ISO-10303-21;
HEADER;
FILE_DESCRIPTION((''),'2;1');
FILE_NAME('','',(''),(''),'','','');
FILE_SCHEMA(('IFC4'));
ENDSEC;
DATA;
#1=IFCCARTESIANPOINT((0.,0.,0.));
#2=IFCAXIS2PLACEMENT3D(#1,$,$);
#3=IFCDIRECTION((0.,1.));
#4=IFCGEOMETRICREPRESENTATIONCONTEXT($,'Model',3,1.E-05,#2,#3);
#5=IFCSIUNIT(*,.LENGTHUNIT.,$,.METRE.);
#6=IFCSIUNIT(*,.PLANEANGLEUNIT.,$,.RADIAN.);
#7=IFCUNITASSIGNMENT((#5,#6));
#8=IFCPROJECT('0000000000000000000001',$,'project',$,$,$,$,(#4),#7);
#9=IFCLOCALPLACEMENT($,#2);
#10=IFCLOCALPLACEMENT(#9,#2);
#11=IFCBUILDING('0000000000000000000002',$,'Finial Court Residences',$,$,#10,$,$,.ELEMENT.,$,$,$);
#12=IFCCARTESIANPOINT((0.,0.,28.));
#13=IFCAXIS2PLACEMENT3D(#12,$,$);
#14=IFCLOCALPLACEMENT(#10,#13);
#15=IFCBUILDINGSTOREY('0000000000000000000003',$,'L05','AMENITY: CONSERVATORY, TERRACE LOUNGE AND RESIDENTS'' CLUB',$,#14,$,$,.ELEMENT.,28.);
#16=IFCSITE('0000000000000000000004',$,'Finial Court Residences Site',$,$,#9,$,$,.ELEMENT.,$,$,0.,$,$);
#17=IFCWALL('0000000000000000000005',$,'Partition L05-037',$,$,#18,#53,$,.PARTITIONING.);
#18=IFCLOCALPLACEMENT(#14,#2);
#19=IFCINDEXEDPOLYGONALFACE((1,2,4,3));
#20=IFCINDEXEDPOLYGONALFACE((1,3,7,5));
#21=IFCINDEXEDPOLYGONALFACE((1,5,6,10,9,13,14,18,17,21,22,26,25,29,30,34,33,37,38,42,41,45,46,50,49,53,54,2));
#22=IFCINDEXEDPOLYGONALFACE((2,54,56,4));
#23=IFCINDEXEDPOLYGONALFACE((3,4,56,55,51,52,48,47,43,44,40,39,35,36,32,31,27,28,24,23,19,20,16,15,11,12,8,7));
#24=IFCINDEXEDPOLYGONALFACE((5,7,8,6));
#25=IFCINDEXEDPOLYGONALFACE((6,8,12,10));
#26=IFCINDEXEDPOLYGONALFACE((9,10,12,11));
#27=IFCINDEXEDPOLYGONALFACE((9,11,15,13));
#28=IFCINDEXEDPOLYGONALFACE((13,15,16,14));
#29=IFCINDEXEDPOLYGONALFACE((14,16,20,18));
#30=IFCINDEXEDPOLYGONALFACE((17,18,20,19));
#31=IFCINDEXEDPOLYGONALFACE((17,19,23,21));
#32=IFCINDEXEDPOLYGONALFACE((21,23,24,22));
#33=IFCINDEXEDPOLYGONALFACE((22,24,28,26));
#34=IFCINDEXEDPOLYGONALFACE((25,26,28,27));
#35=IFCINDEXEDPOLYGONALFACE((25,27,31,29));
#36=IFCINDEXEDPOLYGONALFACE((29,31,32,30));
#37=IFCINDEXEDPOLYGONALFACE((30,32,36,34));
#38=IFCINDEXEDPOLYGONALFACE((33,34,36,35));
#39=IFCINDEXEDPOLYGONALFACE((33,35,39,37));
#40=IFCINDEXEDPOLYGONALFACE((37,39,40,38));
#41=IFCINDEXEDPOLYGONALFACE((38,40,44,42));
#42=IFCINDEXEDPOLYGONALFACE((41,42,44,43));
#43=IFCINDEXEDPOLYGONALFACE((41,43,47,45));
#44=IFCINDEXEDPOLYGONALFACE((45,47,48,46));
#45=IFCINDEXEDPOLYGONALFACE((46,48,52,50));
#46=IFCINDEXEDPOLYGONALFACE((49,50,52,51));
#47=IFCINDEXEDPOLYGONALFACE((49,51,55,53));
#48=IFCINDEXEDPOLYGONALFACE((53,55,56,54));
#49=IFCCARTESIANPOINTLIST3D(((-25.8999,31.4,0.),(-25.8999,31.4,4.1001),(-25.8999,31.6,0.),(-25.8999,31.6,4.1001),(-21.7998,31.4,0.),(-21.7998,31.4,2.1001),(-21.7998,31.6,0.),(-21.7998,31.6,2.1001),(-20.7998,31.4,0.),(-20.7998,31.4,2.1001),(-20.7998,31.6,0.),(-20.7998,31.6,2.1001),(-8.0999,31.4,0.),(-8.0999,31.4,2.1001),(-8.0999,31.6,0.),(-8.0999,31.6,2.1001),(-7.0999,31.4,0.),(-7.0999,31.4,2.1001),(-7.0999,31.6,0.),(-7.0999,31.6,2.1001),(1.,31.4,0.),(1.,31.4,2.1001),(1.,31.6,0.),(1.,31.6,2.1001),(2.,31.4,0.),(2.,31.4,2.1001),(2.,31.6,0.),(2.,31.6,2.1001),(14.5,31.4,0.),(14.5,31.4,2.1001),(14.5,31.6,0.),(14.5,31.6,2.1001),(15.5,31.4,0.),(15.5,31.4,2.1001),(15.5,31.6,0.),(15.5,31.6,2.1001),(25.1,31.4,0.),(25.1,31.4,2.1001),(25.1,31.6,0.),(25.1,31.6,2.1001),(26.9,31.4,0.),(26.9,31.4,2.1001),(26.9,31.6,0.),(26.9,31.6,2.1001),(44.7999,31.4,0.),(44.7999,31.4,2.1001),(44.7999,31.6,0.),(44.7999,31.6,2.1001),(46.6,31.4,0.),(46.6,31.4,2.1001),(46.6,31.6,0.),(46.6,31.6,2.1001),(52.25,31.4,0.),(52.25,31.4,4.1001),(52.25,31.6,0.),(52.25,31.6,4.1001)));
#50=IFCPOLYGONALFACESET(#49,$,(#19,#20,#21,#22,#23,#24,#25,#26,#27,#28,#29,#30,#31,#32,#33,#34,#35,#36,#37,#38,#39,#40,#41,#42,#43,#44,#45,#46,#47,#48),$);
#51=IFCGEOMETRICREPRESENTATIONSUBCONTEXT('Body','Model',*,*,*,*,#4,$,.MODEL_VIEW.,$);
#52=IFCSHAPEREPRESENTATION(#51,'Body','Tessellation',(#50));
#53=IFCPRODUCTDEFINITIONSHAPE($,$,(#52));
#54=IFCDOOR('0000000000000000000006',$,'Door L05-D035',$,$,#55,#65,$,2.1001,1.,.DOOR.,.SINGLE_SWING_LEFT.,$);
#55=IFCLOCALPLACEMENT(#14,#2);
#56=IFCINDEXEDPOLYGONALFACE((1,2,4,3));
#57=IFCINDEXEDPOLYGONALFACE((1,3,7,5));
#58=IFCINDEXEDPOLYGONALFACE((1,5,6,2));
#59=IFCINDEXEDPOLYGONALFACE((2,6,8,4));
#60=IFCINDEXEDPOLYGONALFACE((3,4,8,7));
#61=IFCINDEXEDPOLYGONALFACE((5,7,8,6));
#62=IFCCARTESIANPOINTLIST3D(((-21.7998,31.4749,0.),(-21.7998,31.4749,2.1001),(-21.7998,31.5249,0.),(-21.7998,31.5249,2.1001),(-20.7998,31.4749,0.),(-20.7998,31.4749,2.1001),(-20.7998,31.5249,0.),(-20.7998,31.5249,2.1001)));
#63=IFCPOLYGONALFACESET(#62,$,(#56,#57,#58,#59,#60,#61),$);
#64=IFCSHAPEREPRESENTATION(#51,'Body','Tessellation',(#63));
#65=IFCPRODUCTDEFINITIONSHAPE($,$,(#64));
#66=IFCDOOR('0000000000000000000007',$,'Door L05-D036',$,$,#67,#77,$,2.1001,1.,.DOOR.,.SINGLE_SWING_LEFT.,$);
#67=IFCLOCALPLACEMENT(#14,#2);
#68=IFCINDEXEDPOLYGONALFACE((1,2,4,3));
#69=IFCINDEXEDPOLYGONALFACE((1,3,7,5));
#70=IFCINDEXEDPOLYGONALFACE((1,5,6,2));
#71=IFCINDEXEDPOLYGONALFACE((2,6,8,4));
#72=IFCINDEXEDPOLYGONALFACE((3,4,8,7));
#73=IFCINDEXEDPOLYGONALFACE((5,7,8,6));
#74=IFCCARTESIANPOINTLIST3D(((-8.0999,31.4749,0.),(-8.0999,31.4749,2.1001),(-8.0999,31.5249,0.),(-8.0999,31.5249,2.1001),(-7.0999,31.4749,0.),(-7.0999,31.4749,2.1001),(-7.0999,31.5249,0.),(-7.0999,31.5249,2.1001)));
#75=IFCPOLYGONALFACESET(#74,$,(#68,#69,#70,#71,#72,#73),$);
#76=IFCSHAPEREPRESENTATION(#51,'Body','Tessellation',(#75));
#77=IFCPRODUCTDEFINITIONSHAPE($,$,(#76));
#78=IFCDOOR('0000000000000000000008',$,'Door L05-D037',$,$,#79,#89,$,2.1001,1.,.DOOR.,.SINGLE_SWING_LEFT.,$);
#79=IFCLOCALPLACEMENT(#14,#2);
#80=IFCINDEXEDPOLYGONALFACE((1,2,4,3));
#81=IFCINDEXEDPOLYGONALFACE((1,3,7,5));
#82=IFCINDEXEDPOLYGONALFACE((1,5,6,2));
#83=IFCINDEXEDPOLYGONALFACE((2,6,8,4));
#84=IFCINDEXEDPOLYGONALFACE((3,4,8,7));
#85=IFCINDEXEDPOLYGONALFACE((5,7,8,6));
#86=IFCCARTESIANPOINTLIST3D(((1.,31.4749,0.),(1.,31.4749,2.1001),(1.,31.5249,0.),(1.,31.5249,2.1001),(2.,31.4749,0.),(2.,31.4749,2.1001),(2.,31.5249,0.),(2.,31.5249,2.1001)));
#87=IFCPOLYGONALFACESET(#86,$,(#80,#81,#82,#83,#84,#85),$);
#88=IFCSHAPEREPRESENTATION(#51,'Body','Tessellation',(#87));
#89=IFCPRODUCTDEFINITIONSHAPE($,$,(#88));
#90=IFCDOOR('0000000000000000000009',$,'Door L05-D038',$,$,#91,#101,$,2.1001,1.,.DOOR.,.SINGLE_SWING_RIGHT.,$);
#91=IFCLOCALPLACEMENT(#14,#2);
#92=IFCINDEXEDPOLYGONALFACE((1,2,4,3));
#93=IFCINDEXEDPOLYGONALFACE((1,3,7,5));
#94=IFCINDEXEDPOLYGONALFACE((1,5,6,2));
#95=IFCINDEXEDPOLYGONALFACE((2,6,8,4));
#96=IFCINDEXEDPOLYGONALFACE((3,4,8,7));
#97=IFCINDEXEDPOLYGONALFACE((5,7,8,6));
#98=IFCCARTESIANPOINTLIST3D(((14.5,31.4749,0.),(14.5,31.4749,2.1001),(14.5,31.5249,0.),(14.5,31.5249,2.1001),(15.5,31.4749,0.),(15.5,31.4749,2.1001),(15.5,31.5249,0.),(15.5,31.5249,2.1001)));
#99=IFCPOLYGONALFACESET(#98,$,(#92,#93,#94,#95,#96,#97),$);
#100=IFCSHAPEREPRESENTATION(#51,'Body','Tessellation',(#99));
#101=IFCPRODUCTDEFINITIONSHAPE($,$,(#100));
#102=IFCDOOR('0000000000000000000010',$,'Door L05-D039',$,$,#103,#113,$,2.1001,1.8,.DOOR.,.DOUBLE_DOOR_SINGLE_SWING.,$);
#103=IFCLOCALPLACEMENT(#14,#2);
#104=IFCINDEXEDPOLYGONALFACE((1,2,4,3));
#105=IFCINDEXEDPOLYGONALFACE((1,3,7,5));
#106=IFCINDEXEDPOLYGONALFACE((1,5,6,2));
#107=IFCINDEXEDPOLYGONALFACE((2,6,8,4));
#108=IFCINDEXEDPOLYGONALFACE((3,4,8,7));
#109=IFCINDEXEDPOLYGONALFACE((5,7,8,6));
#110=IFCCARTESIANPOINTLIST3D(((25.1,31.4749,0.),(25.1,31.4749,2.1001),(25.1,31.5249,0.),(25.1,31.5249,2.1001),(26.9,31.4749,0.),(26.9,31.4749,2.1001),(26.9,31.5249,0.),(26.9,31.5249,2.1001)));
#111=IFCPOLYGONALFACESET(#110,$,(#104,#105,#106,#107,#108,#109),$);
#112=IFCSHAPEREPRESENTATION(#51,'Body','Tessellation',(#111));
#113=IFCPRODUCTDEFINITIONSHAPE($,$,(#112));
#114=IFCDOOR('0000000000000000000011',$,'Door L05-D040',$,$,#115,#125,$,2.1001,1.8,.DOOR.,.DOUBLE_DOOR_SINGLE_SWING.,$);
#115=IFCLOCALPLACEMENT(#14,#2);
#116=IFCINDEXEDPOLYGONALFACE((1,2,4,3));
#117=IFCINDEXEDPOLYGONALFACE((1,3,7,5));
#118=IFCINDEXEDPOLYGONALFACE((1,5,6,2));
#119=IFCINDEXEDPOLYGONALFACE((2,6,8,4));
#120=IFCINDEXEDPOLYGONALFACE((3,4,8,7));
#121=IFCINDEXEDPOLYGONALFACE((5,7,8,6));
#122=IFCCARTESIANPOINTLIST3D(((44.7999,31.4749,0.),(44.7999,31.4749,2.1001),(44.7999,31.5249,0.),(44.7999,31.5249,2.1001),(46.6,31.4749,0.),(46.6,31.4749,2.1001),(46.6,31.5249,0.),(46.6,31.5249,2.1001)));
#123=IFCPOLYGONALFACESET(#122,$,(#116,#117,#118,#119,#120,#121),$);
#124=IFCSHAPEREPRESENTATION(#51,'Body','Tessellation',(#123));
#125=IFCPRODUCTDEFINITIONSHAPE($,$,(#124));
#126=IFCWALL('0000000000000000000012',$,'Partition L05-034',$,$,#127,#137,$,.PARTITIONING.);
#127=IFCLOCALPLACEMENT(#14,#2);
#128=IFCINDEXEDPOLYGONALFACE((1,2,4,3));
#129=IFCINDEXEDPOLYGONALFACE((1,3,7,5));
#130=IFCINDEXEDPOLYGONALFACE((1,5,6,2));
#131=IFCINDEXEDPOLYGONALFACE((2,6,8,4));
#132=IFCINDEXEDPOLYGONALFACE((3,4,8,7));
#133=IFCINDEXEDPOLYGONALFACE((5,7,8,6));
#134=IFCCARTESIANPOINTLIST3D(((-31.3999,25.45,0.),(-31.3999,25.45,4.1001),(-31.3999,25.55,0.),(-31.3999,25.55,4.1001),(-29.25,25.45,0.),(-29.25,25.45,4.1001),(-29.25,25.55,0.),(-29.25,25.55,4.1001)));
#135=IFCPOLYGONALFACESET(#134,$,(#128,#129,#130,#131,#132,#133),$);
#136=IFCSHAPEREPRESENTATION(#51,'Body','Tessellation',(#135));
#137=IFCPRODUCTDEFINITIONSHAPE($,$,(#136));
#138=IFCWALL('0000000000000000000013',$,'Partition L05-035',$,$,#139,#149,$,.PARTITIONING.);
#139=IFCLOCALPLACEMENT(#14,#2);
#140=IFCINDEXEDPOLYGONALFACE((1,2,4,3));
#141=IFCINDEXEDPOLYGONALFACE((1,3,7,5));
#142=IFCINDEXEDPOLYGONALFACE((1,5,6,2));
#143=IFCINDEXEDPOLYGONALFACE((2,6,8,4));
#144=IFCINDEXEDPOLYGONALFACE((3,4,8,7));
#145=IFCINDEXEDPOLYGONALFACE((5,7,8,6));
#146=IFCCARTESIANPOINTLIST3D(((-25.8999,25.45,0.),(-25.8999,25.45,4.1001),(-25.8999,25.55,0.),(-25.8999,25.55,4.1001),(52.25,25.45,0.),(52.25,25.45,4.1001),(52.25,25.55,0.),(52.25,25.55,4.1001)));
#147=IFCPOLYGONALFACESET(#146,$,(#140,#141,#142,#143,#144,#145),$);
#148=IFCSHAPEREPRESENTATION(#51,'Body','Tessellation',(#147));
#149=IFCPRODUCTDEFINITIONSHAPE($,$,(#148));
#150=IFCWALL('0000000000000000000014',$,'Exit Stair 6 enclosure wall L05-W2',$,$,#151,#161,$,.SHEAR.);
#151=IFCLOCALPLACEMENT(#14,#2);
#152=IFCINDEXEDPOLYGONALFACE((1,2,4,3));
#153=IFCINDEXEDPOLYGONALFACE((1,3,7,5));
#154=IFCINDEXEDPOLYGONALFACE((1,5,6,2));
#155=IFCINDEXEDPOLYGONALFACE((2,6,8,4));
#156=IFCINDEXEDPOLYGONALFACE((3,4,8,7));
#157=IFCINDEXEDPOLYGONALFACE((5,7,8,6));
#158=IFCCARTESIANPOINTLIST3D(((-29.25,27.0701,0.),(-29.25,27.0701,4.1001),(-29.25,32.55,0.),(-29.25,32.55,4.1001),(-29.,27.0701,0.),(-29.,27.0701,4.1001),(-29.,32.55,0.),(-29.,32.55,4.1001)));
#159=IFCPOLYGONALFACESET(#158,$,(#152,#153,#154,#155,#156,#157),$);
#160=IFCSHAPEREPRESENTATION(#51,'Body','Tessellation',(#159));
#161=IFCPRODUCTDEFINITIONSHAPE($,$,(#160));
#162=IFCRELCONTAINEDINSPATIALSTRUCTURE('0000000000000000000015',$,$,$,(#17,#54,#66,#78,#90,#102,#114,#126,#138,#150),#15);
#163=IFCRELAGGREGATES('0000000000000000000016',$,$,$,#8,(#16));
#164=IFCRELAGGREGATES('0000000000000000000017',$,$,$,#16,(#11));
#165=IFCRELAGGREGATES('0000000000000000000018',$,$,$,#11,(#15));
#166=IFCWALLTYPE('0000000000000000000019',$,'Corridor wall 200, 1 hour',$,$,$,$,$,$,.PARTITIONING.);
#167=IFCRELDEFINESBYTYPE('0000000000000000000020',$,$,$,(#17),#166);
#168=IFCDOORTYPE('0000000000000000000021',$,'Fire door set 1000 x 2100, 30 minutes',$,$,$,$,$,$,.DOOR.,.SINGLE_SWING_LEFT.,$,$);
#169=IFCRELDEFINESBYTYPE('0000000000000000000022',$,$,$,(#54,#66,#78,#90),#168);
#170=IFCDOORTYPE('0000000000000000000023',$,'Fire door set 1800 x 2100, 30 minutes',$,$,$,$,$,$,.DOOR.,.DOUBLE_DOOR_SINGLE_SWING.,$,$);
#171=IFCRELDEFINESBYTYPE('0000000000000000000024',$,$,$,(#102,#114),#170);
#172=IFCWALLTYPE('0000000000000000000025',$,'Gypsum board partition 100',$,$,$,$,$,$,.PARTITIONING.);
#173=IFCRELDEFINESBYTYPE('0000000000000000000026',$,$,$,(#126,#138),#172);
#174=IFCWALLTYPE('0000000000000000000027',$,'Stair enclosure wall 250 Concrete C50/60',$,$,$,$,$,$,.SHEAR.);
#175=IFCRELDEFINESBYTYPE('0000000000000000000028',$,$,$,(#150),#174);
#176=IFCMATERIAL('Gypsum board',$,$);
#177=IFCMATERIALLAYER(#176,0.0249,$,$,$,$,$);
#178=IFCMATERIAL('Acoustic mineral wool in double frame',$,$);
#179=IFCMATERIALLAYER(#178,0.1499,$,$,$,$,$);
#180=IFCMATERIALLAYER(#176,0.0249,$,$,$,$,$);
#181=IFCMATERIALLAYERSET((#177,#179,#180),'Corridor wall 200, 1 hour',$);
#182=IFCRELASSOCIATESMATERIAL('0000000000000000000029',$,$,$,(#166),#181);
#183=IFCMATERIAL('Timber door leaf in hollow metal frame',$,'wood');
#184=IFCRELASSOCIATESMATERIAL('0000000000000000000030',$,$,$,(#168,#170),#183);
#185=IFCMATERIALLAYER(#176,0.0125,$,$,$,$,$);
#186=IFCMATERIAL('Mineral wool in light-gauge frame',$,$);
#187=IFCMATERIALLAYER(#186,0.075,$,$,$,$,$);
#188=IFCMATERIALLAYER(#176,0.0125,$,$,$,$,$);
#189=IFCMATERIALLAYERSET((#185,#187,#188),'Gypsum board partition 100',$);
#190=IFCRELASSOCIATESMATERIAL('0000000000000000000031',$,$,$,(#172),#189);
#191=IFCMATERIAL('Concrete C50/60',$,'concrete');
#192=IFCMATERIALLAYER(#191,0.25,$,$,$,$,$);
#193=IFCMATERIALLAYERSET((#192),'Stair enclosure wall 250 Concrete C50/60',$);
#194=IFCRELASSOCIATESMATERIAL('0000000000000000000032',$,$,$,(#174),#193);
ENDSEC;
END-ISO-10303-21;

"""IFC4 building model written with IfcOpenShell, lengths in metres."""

from ifc_helpers import new_model, si_unit, direction, frame, frame_2d, origin, place, context, subcontext, project, spatial, rectangle, extrude, material, layer, layer_set, type_object, element, fill, save


model = new_model("IFC4")

# Units and contexts
model_context = context("Model", 3, precision=1e-05, world=origin(), true_north=direction((0.0, 1.0)))
body_context = subcontext(model_context, "Body", "Model", "MODEL_VIEW")
ifc_project = project(units=[si_unit("LENGTHUNIT", "METRE"), si_unit("PLANEANGLEUNIT", "RADIAN")], contexts=[model_context])

# Site, building, storey
site_placement = place(None, origin())
site = spatial("IfcSite", under=ifc_project, at=site_placement, Name="Finial Court Residences Site", CompositionType="ELEMENT", RefElevation=0.0)
building_placement = place(site_placement, origin())
building = spatial("IfcBuilding", under=site, at=building_placement, Name="Finial Court Residences", CompositionType="ELEMENT")
storey_placement = place(building_placement, frame((0.0, 0.0, 28.0)))
storey = spatial("IfcBuildingStorey", under=building, at=storey_placement, Name="L05", Description="AMENITY: CONSERVATORY, TERRACE LOUNGE AND RESIDENTS' CLUB", CompositionType="ELEMENT", Elevation=28.0)

# Shared definitions
ifc_material_1 = material(Name="Concrete C50/60", Category="concrete")

# Shared definitions
ifc_material_2 = material(Name="Gypsum board")
ifc_layer_1 = layer(ifc_material_2, 0.0249)
ifc_material_3 = material(Name="Acoustic mineral wool in double frame")
ifc_layer_2 = layer(ifc_material_3, 0.1499)
ifc_layer_3 = layer(ifc_material_2, 0.0249)
ifc_layer_set_1 = layer_set([ifc_layer_1, ifc_layer_2, ifc_layer_3], Name="Corridor wall 200, 1 hour")
wall_type_1 = type_object("IfcWallType", Name="Corridor wall 200, 1 hour", PredefinedType="PARTITIONING", material=ifc_layer_set_1)

# Wall, openings, doors
wall_1_placement = place(storey_placement, frame((-25.8999, 31.5, 0.0), z_axis=(0.0, 0.0, 1.0), x_axis=(1.0, 0.0, 0.0)))
wall_1 = element("IfcWall", 1, at=wall_1_placement, inside=storey, type_object=wall_type_1, Name="Partition L05-037", PredefinedType="PARTITIONING", context=body_context, shape_type="SweptSolid", body=[
    extrude(rectangle(XDim=78.1499, YDim=0.2, at=frame_2d((39.075, 0.0))), origin(), (0.0, 0.0, 1.0), 4.1001),
])
opening_1_placement = place(wall_1_placement, frame((4.1001, 0.0, 0.0)))
opening_1 = element("IfcOpeningElement", 2, at=opening_1_placement, cuts=wall_1, PredefinedType="OPENING", context=body_context, shape_type="SweptSolid", body=[
    extrude(rectangle(XDim=1.0, YDim=2.1001, at=frame_2d((0.5, 1.05))), frame((0.0, 0.1099, 0.0), z_axis=(0.0, -1.0, 0.0), x_axis=(1.0, 0.0, 0.0)), (0.0, 0.0, 1.0), 0.22),
])
opening_2_placement = place(wall_1_placement, frame((17.8, 0.0, 0.0)))
opening_2 = element("IfcOpeningElement", 3, at=opening_2_placement, cuts=wall_1, PredefinedType="OPENING", context=body_context, shape_type="SweptSolid", body=[
    extrude(rectangle(XDim=1.0, YDim=2.1001, at=frame_2d((0.5, 1.05))), frame((0.0, 0.1099, 0.0), z_axis=(0.0, -1.0, 0.0), x_axis=(1.0, 0.0, 0.0)), (0.0, 0.0, 1.0), 0.22),
])
opening_3_placement = place(wall_1_placement, frame((26.8999, 0.0, 0.0)))
opening_3 = element("IfcOpeningElement", 4, at=opening_3_placement, cuts=wall_1, PredefinedType="OPENING", context=body_context, shape_type="SweptSolid", body=[
    extrude(rectangle(XDim=1.0, YDim=2.1001, at=frame_2d((0.5, 1.05))), frame((0.0, 0.1099, 0.0), z_axis=(0.0, -1.0, 0.0), x_axis=(1.0, 0.0, 0.0)), (0.0, 0.0, 1.0), 0.22),
])
opening_4_placement = place(wall_1_placement, frame((40.3999, 0.0, 0.0)))
opening_4 = element("IfcOpeningElement", 5, at=opening_4_placement, cuts=wall_1, PredefinedType="OPENING", context=body_context, shape_type="SweptSolid", body=[
    extrude(rectangle(XDim=1.0, YDim=2.1001, at=frame_2d((0.5, 1.05))), frame((0.0, 0.1099, 0.0), z_axis=(0.0, -1.0, 0.0), x_axis=(1.0, 0.0, 0.0)), (0.0, 0.0, 1.0), 0.22),
])
opening_5_placement = place(wall_1_placement, frame((51.0, 0.0, 0.0)))
opening_5 = element("IfcOpeningElement", 6, at=opening_5_placement, cuts=wall_1, PredefinedType="OPENING", context=body_context, shape_type="SweptSolid", body=[
    extrude(rectangle(XDim=1.8, YDim=2.1001, at=frame_2d((0.8999, 1.05))), frame((0.0, 0.1099, 0.0), z_axis=(0.0, -1.0, 0.0), x_axis=(1.0, 0.0, 0.0)), (0.0, 0.0, 1.0), 0.22),
])
opening_6_placement = place(wall_1_placement, frame((70.7, 0.0, 0.0)))
opening_6 = element("IfcOpeningElement", 7, at=opening_6_placement, cuts=wall_1, PredefinedType="OPENING", context=body_context, shape_type="SweptSolid", body=[
    extrude(rectangle(XDim=1.8, YDim=2.1001, at=frame_2d((0.8999, 1.05))), frame((0.0, 0.1099, 0.0), z_axis=(0.0, -1.0, 0.0), x_axis=(1.0, 0.0, 0.0)), (0.0, 0.0, 1.0), 0.22),
])
ifc_material_4 = material(Name="Timber door leaf in hollow metal frame", Category="wood")
door_type_1 = type_object("IfcDoorType", Name="Fire door set 1000 x 2100, 30 minutes", OperationType="SINGLE_SWING_LEFT", PredefinedType="DOOR", material=ifc_material_4)
door_1_placement = place(opening_1_placement, origin())
door_1 = element("IfcDoor", 8, at=door_1_placement, inside=storey, type_object=door_type_1, Name="Door L05-D035", OperationType="SINGLE_SWING_LEFT", OverallHeight=2.1001, OverallWidth=1.0, PredefinedType="DOOR", context=body_context, shape_type="SweptSolid", body=[
    extrude(rectangle(XDim=1.0, YDim=2.1001, at=frame_2d((0.5, 1.05))), frame((0.0, 0.0249, 0.0), z_axis=(0.0, -1.0, 0.0), x_axis=(1.0, 0.0, 0.0)), (0.0, 0.0, 1.0), 0.05),
])
fill(opening_1, door_1)
door_2_placement = place(opening_2_placement, origin())
door_2 = element("IfcDoor", 9, at=door_2_placement, inside=storey, type_object=door_type_1, Name="Door L05-D036", OperationType="SINGLE_SWING_LEFT", OverallHeight=2.1001, OverallWidth=1.0, PredefinedType="DOOR", context=body_context, shape_type="SweptSolid", body=[
    extrude(rectangle(XDim=1.0, YDim=2.1001, at=frame_2d((0.5, 1.05))), frame((0.0, 0.0249, 0.0), z_axis=(0.0, -1.0, 0.0), x_axis=(1.0, 0.0, 0.0)), (0.0, 0.0, 1.0), 0.05),
])
fill(opening_2, door_2)
door_3_placement = place(opening_3_placement, origin())
door_3 = element("IfcDoor", 10, at=door_3_placement, inside=storey, type_object=door_type_1, Name="Door L05-D037", OperationType="SINGLE_SWING_LEFT", OverallHeight=2.1001, OverallWidth=1.0, PredefinedType="DOOR", context=body_context, shape_type="SweptSolid", body=[
    extrude(rectangle(XDim=1.0, YDim=2.1001, at=frame_2d((0.5, 1.05))), frame((0.0, 0.0249, 0.0), z_axis=(0.0, -1.0, 0.0), x_axis=(1.0, 0.0, 0.0)), (0.0, 0.0, 1.0), 0.05),
])
fill(opening_3, door_3)
door_4_placement = place(opening_4_placement, origin())
door_4 = element("IfcDoor", 11, at=door_4_placement, inside=storey, type_object=door_type_1, Name="Door L05-D038", OperationType="SINGLE_SWING_RIGHT", OverallHeight=2.1001, OverallWidth=1.0, PredefinedType="DOOR", context=body_context, shape_type="SweptSolid", body=[
    extrude(rectangle(XDim=1.0, YDim=2.1001, at=frame_2d((0.5, 1.05))), frame((0.0, 0.0249, 0.0), z_axis=(0.0, -1.0, 0.0), x_axis=(1.0, 0.0, 0.0)), (0.0, 0.0, 1.0), 0.05),
])
fill(opening_4, door_4)
door_type_2 = type_object("IfcDoorType", Name="Fire door set 1800 x 2100, 30 minutes", OperationType="DOUBLE_DOOR_SINGLE_SWING", PredefinedType="DOOR", material=ifc_material_4)
door_5_placement = place(opening_5_placement, origin())
door_5 = element("IfcDoor", 12, at=door_5_placement, inside=storey, type_object=door_type_2, Name="Door L05-D039", OperationType="DOUBLE_DOOR_SINGLE_SWING", OverallHeight=2.1001, OverallWidth=1.8, PredefinedType="DOOR", context=body_context, shape_type="SweptSolid", body=[
    extrude(rectangle(XDim=1.8, YDim=2.1001, at=frame_2d((0.8999, 1.05))), frame((0.0, 0.0249, 0.0), z_axis=(0.0, -1.0, 0.0), x_axis=(1.0, 0.0, 0.0)), (0.0, 0.0, 1.0), 0.05),
])
fill(opening_5, door_5)
door_6_placement = place(opening_6_placement, origin())
door_6 = element("IfcDoor", 13, at=door_6_placement, inside=storey, type_object=door_type_2, Name="Door L05-D040", OperationType="DOUBLE_DOOR_SINGLE_SWING", OverallHeight=2.1001, OverallWidth=1.8, PredefinedType="DOOR", context=body_context, shape_type="SweptSolid", body=[
    extrude(rectangle(XDim=1.8, YDim=2.1001, at=frame_2d((0.8999, 1.05))), frame((0.0, 0.0249, 0.0), z_axis=(0.0, -1.0, 0.0), x_axis=(1.0, 0.0, 0.0)), (0.0, 0.0, 1.0), 0.05),
])
fill(opening_6, door_6)

# Walls
ifc_layer_4 = layer(ifc_material_2, 0.0125)
ifc_material_5 = material(Name="Mineral wool in light-gauge frame")
ifc_layer_5 = layer(ifc_material_5, 0.075)
ifc_layer_6 = layer(ifc_material_2, 0.0125)
ifc_layer_set_2 = layer_set([ifc_layer_4, ifc_layer_5, ifc_layer_6], Name="Gypsum board partition 100")
wall_type_2 = type_object("IfcWallType", Name="Gypsum board partition 100", PredefinedType="PARTITIONING", material=ifc_layer_set_2)
wall_2_placement = place(storey_placement, frame((-31.3999, 25.5, 0.0), z_axis=(0.0, 0.0, 1.0), x_axis=(1.0, 0.0, 0.0)))
element("IfcWall", 14, at=wall_2_placement, inside=storey, type_object=wall_type_2, Name="Partition L05-034", PredefinedType="PARTITIONING", context=body_context, shape_type="SweptSolid", body=[
    extrude(rectangle(XDim=2.1499, YDim=0.1001, at=frame_2d((1.075, 0.0))), origin(), (0.0, 0.0, 1.0), 4.1001),
])
wall_3_placement = place(storey_placement, frame((-25.8999, 25.5, 0.0), z_axis=(0.0, 0.0, 1.0), x_axis=(1.0, 0.0, 0.0)))
element("IfcWall", 15, at=wall_3_placement, inside=storey, type_object=wall_type_2, Name="Partition L05-035", PredefinedType="PARTITIONING", context=body_context, shape_type="SweptSolid", body=[
    extrude(rectangle(XDim=78.1499, YDim=0.1001, at=frame_2d((39.075, 0.0))), origin(), (0.0, 0.0, 1.0), 4.1001),
])
ifc_layer_7 = layer(ifc_material_1, 0.25)
ifc_layer_set_3 = layer_set([ifc_layer_7], Name="Stair enclosure wall 250 Concrete C50/60")
wall_type_3 = type_object("IfcWallType", Name="Stair enclosure wall 250 Concrete C50/60", PredefinedType="SHEAR", material=ifc_layer_set_3)
wall_4_placement = place(storey_placement, frame((-29.125, 27.0701, 0.0), z_axis=(0.0, 0.0, 1.0), x_axis=(0.0, 1.0, 0.0)))
element("IfcWall", 16, at=wall_4_placement, inside=storey, type_object=wall_type_3, Name="Exit Stair 6 enclosure wall L05-W2", PredefinedType="SHEAR", context=body_context, shape_type="SweptSolid", body=[
    extrude(rectangle(XDim=5.48, YDim=0.25, at=frame_2d((2.74, 0.0))), origin(), (0.0, 0.0, 1.0), 4.1001),
])

save(model, "model.ifc")
